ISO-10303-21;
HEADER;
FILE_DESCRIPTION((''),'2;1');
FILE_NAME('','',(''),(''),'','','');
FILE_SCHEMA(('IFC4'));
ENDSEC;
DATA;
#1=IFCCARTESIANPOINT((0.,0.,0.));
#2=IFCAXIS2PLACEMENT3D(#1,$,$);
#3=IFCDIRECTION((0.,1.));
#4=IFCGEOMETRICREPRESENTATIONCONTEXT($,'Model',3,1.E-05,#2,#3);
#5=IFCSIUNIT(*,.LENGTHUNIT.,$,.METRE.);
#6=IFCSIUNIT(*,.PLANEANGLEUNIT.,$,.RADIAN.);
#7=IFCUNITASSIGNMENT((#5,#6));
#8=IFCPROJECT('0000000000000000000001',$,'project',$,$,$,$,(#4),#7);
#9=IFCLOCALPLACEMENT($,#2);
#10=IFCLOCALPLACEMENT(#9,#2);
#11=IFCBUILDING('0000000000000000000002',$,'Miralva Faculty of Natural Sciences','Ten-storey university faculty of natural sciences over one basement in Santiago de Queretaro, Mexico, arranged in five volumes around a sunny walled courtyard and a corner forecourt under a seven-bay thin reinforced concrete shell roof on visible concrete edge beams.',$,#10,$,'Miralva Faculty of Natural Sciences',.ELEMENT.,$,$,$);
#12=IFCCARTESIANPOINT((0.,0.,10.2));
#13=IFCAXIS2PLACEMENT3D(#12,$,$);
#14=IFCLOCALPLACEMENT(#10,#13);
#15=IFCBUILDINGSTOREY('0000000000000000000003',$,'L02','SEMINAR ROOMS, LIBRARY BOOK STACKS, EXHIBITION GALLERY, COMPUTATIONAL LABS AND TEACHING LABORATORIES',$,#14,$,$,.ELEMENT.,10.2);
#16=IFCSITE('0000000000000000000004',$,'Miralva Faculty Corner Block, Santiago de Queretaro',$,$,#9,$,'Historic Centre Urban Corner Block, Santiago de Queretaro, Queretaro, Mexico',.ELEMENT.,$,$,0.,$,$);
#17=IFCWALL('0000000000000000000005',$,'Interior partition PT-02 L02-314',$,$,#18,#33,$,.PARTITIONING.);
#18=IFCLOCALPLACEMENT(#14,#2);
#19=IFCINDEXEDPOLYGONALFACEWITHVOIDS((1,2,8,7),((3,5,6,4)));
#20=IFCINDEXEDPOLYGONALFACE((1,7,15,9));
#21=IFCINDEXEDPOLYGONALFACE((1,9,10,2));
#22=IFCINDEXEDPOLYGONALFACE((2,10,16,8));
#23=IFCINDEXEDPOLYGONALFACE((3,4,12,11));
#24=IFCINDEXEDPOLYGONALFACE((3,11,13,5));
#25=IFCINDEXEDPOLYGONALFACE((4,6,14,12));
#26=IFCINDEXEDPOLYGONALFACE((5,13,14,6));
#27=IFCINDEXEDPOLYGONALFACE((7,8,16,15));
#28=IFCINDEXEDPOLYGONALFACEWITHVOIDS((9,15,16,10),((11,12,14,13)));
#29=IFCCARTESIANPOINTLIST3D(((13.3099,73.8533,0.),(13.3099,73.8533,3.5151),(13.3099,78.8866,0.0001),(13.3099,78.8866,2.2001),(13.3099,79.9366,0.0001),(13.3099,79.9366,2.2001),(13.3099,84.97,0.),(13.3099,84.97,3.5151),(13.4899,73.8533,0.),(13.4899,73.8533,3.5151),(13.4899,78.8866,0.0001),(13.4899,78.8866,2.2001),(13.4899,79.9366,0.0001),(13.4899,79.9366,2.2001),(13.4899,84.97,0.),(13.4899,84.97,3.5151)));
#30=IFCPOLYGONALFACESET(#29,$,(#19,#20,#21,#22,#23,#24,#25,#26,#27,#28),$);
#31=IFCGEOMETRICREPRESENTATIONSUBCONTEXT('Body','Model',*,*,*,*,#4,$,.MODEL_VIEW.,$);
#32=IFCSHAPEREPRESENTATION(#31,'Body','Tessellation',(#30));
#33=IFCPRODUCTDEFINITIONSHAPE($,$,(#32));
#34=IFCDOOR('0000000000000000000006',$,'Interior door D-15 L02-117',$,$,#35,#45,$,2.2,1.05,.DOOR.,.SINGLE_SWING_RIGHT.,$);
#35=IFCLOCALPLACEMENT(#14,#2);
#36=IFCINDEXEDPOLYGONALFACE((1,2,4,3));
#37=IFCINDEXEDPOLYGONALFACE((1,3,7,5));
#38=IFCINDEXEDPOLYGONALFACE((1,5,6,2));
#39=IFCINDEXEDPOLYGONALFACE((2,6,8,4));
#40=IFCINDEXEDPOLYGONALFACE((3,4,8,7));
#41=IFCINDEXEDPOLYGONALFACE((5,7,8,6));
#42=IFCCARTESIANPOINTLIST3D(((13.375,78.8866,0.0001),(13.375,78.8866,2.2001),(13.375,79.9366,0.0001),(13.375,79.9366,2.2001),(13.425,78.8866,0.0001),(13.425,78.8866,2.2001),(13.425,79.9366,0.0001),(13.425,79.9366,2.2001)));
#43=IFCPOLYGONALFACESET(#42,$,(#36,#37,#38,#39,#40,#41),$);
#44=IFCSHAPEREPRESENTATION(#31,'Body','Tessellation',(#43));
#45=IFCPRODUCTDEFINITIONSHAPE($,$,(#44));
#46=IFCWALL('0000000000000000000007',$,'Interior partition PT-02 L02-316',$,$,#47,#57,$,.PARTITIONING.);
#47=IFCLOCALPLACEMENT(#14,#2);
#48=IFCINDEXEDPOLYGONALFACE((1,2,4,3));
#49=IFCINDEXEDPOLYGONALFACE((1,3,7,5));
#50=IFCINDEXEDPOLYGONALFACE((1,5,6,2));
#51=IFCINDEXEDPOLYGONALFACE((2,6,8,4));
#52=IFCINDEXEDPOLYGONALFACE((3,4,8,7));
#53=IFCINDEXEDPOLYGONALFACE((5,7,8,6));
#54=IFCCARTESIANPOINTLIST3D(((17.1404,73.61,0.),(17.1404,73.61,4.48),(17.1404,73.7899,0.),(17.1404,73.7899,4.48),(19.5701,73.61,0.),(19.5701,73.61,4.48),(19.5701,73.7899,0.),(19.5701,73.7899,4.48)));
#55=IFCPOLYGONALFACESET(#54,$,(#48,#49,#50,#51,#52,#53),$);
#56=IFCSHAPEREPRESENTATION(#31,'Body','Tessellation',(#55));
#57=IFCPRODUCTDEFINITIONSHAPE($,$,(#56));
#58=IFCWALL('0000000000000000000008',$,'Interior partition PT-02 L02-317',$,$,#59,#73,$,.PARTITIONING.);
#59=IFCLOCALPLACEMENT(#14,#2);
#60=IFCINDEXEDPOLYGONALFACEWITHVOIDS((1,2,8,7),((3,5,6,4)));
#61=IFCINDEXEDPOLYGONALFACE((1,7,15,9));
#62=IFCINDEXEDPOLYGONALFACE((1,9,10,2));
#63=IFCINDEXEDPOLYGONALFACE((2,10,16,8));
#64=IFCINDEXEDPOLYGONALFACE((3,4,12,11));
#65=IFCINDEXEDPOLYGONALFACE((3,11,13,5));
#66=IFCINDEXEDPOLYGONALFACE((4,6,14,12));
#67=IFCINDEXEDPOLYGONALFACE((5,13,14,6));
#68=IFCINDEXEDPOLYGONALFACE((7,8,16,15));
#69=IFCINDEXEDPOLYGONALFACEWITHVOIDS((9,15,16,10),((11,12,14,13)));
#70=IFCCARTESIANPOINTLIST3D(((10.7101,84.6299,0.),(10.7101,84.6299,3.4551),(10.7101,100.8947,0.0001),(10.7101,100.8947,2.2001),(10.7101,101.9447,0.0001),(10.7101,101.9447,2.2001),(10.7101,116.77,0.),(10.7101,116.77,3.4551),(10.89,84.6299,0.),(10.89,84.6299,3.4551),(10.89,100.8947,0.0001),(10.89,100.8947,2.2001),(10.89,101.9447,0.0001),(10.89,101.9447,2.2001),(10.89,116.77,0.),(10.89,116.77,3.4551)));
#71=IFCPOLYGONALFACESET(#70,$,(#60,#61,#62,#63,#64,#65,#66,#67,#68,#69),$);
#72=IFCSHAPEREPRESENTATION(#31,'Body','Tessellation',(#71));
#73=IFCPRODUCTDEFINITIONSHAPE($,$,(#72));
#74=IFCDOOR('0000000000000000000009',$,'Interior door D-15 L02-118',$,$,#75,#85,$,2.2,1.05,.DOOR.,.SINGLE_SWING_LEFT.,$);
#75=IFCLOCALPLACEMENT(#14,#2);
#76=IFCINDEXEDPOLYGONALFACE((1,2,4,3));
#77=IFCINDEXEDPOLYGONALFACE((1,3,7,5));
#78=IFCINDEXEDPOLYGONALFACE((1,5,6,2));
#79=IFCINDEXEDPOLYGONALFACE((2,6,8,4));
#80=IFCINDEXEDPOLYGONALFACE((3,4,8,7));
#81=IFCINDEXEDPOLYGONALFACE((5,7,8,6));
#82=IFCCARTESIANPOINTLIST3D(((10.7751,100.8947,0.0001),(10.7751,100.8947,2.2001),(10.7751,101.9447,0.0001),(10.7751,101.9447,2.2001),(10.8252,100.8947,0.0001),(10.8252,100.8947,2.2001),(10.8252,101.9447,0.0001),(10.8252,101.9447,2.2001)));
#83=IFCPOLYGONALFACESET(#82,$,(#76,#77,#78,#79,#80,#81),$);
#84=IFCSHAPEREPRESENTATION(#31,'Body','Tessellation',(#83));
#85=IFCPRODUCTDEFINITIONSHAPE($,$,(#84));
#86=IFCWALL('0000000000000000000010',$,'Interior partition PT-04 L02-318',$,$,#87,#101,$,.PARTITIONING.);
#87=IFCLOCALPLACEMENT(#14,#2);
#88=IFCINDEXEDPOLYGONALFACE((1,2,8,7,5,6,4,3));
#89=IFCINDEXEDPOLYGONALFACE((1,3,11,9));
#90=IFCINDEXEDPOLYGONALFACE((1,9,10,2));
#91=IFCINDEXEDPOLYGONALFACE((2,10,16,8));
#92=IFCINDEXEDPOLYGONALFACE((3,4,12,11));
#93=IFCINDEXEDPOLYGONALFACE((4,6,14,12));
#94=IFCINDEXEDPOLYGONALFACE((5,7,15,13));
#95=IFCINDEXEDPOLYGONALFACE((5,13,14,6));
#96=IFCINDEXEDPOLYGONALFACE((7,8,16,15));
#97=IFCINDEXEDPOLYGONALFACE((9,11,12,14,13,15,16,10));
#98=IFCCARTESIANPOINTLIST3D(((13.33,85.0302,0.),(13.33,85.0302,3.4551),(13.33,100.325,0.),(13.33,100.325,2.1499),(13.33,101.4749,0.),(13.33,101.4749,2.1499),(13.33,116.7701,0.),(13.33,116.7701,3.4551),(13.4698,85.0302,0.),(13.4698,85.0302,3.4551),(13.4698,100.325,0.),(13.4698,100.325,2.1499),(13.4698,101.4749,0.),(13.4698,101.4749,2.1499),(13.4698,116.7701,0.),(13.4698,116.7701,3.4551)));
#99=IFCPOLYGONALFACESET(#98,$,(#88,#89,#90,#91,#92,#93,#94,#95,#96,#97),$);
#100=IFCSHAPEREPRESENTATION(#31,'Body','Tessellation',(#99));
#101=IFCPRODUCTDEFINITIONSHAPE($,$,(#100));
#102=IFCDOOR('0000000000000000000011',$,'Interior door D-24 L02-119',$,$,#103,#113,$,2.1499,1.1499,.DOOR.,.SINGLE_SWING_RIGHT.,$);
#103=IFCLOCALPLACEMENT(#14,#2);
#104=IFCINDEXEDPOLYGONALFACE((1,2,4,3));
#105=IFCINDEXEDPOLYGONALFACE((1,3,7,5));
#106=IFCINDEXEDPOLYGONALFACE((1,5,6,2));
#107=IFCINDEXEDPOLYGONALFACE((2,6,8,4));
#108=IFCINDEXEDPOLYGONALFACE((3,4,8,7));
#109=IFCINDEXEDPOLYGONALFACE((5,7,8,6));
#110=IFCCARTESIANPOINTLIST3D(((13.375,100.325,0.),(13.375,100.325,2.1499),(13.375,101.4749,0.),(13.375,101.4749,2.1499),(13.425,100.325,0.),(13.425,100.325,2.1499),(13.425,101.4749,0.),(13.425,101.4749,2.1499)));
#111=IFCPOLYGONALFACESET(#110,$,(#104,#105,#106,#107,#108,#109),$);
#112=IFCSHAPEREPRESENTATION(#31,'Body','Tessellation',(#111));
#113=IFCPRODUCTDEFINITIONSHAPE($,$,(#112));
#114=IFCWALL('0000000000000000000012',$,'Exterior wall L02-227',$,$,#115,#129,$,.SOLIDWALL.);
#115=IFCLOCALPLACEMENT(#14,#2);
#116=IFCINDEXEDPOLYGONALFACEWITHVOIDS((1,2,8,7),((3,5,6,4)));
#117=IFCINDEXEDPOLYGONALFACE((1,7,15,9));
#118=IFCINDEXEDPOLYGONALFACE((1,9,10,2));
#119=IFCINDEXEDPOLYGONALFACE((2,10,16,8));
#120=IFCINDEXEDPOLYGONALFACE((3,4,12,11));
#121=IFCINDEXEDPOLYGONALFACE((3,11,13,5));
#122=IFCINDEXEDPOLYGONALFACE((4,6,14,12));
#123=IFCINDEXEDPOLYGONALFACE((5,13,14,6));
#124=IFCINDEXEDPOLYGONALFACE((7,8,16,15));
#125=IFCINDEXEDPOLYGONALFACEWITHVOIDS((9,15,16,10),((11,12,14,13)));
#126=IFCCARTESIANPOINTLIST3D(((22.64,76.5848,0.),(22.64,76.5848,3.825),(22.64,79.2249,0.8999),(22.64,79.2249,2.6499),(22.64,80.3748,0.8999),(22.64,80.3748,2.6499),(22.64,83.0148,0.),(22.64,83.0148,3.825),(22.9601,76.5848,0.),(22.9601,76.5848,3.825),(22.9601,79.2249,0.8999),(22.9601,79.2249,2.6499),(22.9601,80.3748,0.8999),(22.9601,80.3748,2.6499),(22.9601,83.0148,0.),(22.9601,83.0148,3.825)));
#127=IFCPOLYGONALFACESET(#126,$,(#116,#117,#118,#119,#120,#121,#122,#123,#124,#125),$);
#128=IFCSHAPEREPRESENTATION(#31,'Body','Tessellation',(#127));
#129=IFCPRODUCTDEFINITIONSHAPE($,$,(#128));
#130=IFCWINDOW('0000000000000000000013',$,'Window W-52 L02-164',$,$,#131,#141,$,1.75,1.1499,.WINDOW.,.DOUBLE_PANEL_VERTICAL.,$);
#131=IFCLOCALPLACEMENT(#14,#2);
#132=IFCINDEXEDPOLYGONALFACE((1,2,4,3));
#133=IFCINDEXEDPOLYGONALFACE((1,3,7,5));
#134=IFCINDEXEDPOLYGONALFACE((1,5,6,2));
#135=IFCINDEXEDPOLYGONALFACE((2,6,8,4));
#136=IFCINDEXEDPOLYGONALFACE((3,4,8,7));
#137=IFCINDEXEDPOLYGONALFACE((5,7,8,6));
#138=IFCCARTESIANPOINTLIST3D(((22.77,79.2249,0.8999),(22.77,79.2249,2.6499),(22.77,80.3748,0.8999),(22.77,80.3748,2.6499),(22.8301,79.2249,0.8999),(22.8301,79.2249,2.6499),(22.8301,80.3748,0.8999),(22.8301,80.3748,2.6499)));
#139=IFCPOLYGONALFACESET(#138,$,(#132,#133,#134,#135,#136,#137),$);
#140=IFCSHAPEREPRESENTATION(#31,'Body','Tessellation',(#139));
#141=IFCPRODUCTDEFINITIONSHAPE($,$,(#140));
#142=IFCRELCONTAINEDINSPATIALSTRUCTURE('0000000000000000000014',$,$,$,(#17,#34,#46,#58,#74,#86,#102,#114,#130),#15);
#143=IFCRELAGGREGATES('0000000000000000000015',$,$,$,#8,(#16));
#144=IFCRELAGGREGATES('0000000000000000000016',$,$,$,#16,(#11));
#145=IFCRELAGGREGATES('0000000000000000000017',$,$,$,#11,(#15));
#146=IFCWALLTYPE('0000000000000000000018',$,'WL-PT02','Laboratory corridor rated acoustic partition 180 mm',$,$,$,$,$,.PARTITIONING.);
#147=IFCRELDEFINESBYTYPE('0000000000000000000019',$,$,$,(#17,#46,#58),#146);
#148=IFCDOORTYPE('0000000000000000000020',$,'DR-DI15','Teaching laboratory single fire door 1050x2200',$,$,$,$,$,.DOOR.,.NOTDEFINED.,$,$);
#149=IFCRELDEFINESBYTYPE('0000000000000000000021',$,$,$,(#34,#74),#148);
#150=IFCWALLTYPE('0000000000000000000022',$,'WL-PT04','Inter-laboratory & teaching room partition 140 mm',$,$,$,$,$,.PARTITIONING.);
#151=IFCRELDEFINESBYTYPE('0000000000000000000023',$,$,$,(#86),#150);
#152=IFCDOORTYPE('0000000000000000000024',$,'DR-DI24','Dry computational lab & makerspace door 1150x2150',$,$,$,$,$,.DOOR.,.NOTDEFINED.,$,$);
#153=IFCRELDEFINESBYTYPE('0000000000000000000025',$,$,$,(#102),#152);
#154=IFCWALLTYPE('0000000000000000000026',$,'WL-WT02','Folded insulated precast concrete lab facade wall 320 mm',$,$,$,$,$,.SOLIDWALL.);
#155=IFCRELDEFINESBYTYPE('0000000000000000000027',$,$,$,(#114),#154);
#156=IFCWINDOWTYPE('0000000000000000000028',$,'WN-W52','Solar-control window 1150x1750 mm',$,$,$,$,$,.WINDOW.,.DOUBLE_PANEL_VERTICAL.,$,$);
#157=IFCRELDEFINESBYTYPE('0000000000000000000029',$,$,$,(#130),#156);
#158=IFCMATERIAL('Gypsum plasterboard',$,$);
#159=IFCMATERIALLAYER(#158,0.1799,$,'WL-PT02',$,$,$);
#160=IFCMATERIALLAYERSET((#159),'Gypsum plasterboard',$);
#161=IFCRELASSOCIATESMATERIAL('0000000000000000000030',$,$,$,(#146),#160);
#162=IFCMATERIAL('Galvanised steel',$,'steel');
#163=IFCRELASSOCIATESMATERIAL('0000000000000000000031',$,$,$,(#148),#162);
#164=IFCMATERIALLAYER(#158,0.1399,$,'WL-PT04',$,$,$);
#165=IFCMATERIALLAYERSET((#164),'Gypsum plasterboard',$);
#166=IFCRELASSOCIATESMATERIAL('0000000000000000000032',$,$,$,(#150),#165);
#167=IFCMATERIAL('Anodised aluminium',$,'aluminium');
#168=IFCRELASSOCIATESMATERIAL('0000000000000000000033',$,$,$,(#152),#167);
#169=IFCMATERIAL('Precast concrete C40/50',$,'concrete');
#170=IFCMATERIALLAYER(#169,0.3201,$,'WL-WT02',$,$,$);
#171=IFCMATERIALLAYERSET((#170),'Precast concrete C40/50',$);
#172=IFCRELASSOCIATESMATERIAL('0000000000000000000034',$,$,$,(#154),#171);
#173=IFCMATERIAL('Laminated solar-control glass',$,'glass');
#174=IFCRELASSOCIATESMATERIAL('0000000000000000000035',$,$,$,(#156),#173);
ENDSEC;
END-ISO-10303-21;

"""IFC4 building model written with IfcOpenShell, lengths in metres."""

from ifc_helpers import new_model, si_unit, direction, frame, frame_2d, origin, place, context, subcontext, project, spatial, rectangle, extrude, material, layer, layer_set, type_object, element, fill, save


model = new_model("IFC4")

# Units and contexts
model_context = context("Model", 3, precision=1e-05, world=origin(), true_north=direction((0.0, 1.0)))
body_context = subcontext(model_context, "Body", "Model", "MODEL_VIEW")
ifc_project = project(units=[si_unit("LENGTHUNIT", "METRE"), si_unit("PLANEANGLEUNIT", "RADIAN")], contexts=[model_context])

# Site, building, storey
site_placement = place(None, origin())
site = spatial("IfcSite", under=ifc_project, at=site_placement, Name="Miralva Faculty Corner Block, Santiago de Queretaro", LongName="Historic Centre Urban Corner Block, Santiago de Queretaro, Queretaro, Mexico", CompositionType="ELEMENT", RefElevation=0.0)
building_placement = place(site_placement, origin())
building = spatial("IfcBuilding", under=site, at=building_placement, Name="Miralva Faculty of Natural Sciences", Description="Ten-storey university faculty of natural sciences over one basement in Santiago de Queretaro, Mexico, arranged in five volumes around a sunny walled courtyard and a corner forecourt under a seven-bay thin reinforced concrete shell roof on visible concrete edge beams.", LongName="Miralva Faculty of Natural Sciences", CompositionType="ELEMENT")
storey_placement = place(building_placement, frame((0.0, 0.0, 10.2)))
storey = spatial("IfcBuildingStorey", under=building, at=storey_placement, Name="L02", Description="SEMINAR ROOMS, LIBRARY BOOK STACKS, EXHIBITION GALLERY, COMPUTATIONAL LABS AND TEACHING LABORATORIES", CompositionType="ELEMENT", Elevation=10.2)

# Shared definitions
ifc_material_1 = material(Name="Gypsum plasterboard")
ifc_layer_1 = layer(ifc_material_1, 0.1799, Name="WL-PT02")
ifc_layer_set_1 = layer_set([ifc_layer_1], Name="Gypsum plasterboard")
wall_type_1 = type_object("IfcWallType", Name="WL-PT02", Description="Laboratory corridor rated acoustic partition 180 mm", PredefinedType="PARTITIONING", material=ifc_layer_set_1)

# Wall, opening, door
wall_1_placement = place(storey_placement, frame((13.3999, 73.8533, 0.0), z_axis=(0.0, 0.0, 1.0), x_axis=(0.0, 1.0, 0.0)))
wall_1 = element("IfcWall", 1, at=wall_1_placement, inside=storey, type_object=wall_type_1, Name="Interior partition PT-02 L02-314", PredefinedType="PARTITIONING", context=body_context, shape_type="SweptSolid", body=[
    extrude(rectangle(XDim=11.1167, YDim=0.1799, at=frame_2d((5.5583, 0.0))), origin(), (0.0, 0.0, 1.0), 3.5151),
])
opening_1_placement = place(wall_1_placement, frame((5.0334, 0.0, 0.0)))
opening_1 = element("IfcOpeningElement", 2, at=opening_1_placement, cuts=wall_1, PredefinedType="OPENING", context=body_context, shape_type="SweptSolid", body=[
    extrude(rectangle(XDim=1.05, YDim=2.2, at=frame_2d((0.5249, 1.1001))), frame((0.0, 0.0999, 0.0), z_axis=(0.0, -1.0, 0.0), x_axis=(1.0, 0.0, 0.0)), (0.0, 0.0, 1.0), 0.2),
])
ifc_material_2 = material(Name="Galvanised steel", Category="steel")
door_type_1 = type_object("IfcDoorType", Name="DR-DI15", Description="Teaching laboratory single fire door 1050x2200", OperationType="NOTDEFINED", PredefinedType="DOOR", material=ifc_material_2)
door_1_placement = place(opening_1_placement, origin())
door_1 = element("IfcDoor", 3, at=door_1_placement, inside=storey, type_object=door_type_1, Name="Interior door D-15 L02-117", OperationType="SINGLE_SWING_RIGHT", OverallHeight=2.2, OverallWidth=1.05, PredefinedType="DOOR", context=body_context, shape_type="SweptSolid", body=[
    extrude(rectangle(XDim=1.05, YDim=2.2, at=frame_2d((0.5249, 1.1001))), frame((0.0, 0.0249, 0.0), z_axis=(0.0, -1.0, 0.0), x_axis=(1.0, 0.0, 0.0)), (0.0, 0.0, 1.0), 0.05),
])
fill(opening_1, door_1)

# Wall
wall_2_placement = place(storey_placement, frame((17.1404, 73.7, 0.0), z_axis=(0.0, 0.0, 1.0), x_axis=(1.0, 0.0, 0.0)))
element("IfcWall", 4, at=wall_2_placement, inside=storey, type_object=wall_type_1, Name="Interior partition PT-02 L02-316", PredefinedType="PARTITIONING", context=body_context, shape_type="SweptSolid", body=[
    extrude(rectangle(XDim=2.4297, YDim=0.1799, at=frame_2d((1.2148, 0.0))), origin(), (0.0, 0.0, 1.0), 4.48),
])

# Walls, openings, doors
wall_3_placement = place(storey_placement, frame((10.8, 84.6299, 0.0), z_axis=(0.0, 0.0, 1.0), x_axis=(0.0, 1.0, 0.0)))
wall_3 = element("IfcWall", 5, at=wall_3_placement, inside=storey, type_object=wall_type_1, Name="Interior partition PT-02 L02-317", PredefinedType="PARTITIONING", context=body_context, shape_type="SweptSolid", body=[
    extrude(rectangle(XDim=32.1401, YDim=0.1799, at=frame_2d((16.0701, 0.0))), origin(), (0.0, 0.0, 1.0), 3.4551),
])
opening_2_placement = place(wall_3_placement, frame((16.2649, 0.0, 0.0)))
opening_2 = element("IfcOpeningElement", 6, at=opening_2_placement, cuts=wall_3, PredefinedType="OPENING", context=body_context, shape_type="SweptSolid", body=[
    extrude(rectangle(XDim=1.05, YDim=2.2, at=frame_2d((0.5249, 1.1001))), frame((0.0, 0.0999, 0.0), z_axis=(0.0, -1.0, 0.0), x_axis=(1.0, 0.0, 0.0)), (0.0, 0.0, 1.0), 0.2),
])
door_2_placement = place(opening_2_placement, origin())
door_2 = element("IfcDoor", 7, at=door_2_placement, inside=storey, type_object=door_type_1, Name="Interior door D-15 L02-118", OperationType="SINGLE_SWING_LEFT", OverallHeight=2.2, OverallWidth=1.05, PredefinedType="DOOR", context=body_context, shape_type="SweptSolid", body=[
    extrude(rectangle(XDim=1.05, YDim=2.2, at=frame_2d((0.5249, 1.1001))), frame((0.0, 0.0249, 0.0), z_axis=(0.0, -1.0, 0.0), x_axis=(1.0, 0.0, 0.0)), (0.0, 0.0, 1.0), 0.05),
])
fill(opening_2, door_2)
ifc_layer_2 = layer(ifc_material_1, 0.1399, Name="WL-PT04")
ifc_layer_set_2 = layer_set([ifc_layer_2], Name="Gypsum plasterboard")
wall_type_2 = type_object("IfcWallType", Name="WL-PT04", Description="Inter-laboratory & teaching room partition 140 mm", PredefinedType="PARTITIONING", material=ifc_layer_set_2)
wall_4_placement = place(storey_placement, frame((13.3999, 85.03, 0.0), z_axis=(0.0, 0.0, 1.0), x_axis=(0.0, 1.0, 0.0)))
wall_4 = element("IfcWall", 8, at=wall_4_placement, inside=storey, type_object=wall_type_2, Name="Interior partition PT-04 L02-318", PredefinedType="PARTITIONING", context=body_context, shape_type="SweptSolid", body=[
    extrude(rectangle(XDim=31.74, YDim=0.1399, at=frame_2d((15.8701, 0.0))), origin(), (0.0, 0.0, 1.0), 3.4551),
])
opening_3_placement = place(wall_4_placement, frame((15.2949, 0.0, 0.0)))
opening_3 = element("IfcOpeningElement", 9, at=opening_3_placement, cuts=wall_4, PredefinedType="OPENING", context=body_context, shape_type="SweptSolid", body=[
    extrude(rectangle(XDim=1.1499, YDim=2.1499, at=frame_2d((0.575, 1.075))), frame((0.0, 0.0798, 0.0), z_axis=(0.0, -1.0, 0.0), x_axis=(1.0, 0.0, 0.0)), (0.0, 0.0, 1.0), 0.1599),
])
ifc_material_3 = material(Name="Anodised aluminium", Category="aluminium")
door_type_2 = type_object("IfcDoorType", Name="DR-DI24", Description="Dry computational lab & makerspace door 1150x2150", OperationType="NOTDEFINED", PredefinedType="DOOR", material=ifc_material_3)
door_3_placement = place(opening_3_placement, origin())
door_3 = element("IfcDoor", 10, at=door_3_placement, inside=storey, type_object=door_type_2, Name="Interior door D-24 L02-119", OperationType="SINGLE_SWING_RIGHT", OverallHeight=2.1499, OverallWidth=1.1499, PredefinedType="DOOR", context=body_context, shape_type="SweptSolid", body=[
    extrude(rectangle(XDim=1.1499, YDim=2.1499, at=frame_2d((0.575, 1.075))), frame((0.0, 0.0249, 0.0), z_axis=(0.0, -1.0, 0.0), x_axis=(1.0, 0.0, 0.0)), (0.0, 0.0, 1.0), 0.05),
])
fill(opening_3, door_3)

# Wall, opening, window
ifc_material_4 = material(Name="Precast concrete C40/50", Category="concrete")
ifc_layer_3 = layer(ifc_material_4, 0.3201, Name="WL-WT02")
ifc_layer_set_3 = layer_set([ifc_layer_3], Name="Precast concrete C40/50")
wall_type_3 = type_object("IfcWallType", Name="WL-WT02", Description="Folded insulated precast concrete lab facade wall 320 mm", PredefinedType="SOLIDWALL", material=ifc_layer_set_3)
wall_5_placement = place(storey_placement, frame((22.8, 76.585, 0.0), z_axis=(0.0, 0.0, 1.0), x_axis=(0.0, 1.0, 0.0)))
wall_5 = element("IfcWall", 11, at=wall_5_placement, inside=storey, type_object=wall_type_3, Name="Exterior wall L02-227", PredefinedType="SOLIDWALL", context=body_context, shape_type="SweptSolid", body=[
    extrude(rectangle(XDim=6.4299, YDim=0.3201, at=frame_2d((3.2148, 0.0))), origin(), (0.0, 0.0, 1.0), 3.825),
])
opening_4_placement = place(wall_5_placement, frame((2.6399, 0.0, 0.8999)))
opening_4 = element("IfcOpeningElement", 12, at=opening_4_placement, cuts=wall_5, PredefinedType="OPENING", context=body_context, shape_type="SweptSolid", body=[
    extrude(rectangle(XDim=1.1499, YDim=1.75, at=frame_2d((0.575, 0.875))), frame((0.0, 0.1699, 0.0), z_axis=(0.0, -1.0, 0.0), x_axis=(1.0, 0.0, 0.0)), (0.0, 0.0, 1.0), 0.3401),
])
ifc_material_5 = material(Name="Laminated solar-control glass", Category="glass")
window_type_1 = type_object("IfcWindowType", Name="WN-W52", Description="Solar-control window 1150x1750 mm", PartitioningType="DOUBLE_PANEL_VERTICAL", PredefinedType="WINDOW", material=ifc_material_5)
window_1_placement = place(opening_4_placement, frame((1.1499, 0.0, 0.0), z_axis=(0.0, 0.0, 1.0), x_axis=(-1.0, 0.0, 0.0)))
window_1 = element("IfcWindow", 13, at=window_1_placement, inside=storey, type_object=window_type_1, Name="Window W-52 L02-164", OverallHeight=1.75, OverallWidth=1.1499, PartitioningType="DOUBLE_PANEL_VERTICAL", PredefinedType="WINDOW", context=body_context, shape_type="SweptSolid", body=[
    extrude(rectangle(XDim=1.1499, YDim=1.75, at=frame_2d((0.575, 0.875))), frame((0.0, 0.03, 0.0), z_axis=(0.0, -1.0, 0.0), x_axis=(1.0, 0.0, 0.0)), (0.0, 0.0, 1.0), 0.0601),
])
fill(opening_4, window_1)

save(model, "model.ifc")
